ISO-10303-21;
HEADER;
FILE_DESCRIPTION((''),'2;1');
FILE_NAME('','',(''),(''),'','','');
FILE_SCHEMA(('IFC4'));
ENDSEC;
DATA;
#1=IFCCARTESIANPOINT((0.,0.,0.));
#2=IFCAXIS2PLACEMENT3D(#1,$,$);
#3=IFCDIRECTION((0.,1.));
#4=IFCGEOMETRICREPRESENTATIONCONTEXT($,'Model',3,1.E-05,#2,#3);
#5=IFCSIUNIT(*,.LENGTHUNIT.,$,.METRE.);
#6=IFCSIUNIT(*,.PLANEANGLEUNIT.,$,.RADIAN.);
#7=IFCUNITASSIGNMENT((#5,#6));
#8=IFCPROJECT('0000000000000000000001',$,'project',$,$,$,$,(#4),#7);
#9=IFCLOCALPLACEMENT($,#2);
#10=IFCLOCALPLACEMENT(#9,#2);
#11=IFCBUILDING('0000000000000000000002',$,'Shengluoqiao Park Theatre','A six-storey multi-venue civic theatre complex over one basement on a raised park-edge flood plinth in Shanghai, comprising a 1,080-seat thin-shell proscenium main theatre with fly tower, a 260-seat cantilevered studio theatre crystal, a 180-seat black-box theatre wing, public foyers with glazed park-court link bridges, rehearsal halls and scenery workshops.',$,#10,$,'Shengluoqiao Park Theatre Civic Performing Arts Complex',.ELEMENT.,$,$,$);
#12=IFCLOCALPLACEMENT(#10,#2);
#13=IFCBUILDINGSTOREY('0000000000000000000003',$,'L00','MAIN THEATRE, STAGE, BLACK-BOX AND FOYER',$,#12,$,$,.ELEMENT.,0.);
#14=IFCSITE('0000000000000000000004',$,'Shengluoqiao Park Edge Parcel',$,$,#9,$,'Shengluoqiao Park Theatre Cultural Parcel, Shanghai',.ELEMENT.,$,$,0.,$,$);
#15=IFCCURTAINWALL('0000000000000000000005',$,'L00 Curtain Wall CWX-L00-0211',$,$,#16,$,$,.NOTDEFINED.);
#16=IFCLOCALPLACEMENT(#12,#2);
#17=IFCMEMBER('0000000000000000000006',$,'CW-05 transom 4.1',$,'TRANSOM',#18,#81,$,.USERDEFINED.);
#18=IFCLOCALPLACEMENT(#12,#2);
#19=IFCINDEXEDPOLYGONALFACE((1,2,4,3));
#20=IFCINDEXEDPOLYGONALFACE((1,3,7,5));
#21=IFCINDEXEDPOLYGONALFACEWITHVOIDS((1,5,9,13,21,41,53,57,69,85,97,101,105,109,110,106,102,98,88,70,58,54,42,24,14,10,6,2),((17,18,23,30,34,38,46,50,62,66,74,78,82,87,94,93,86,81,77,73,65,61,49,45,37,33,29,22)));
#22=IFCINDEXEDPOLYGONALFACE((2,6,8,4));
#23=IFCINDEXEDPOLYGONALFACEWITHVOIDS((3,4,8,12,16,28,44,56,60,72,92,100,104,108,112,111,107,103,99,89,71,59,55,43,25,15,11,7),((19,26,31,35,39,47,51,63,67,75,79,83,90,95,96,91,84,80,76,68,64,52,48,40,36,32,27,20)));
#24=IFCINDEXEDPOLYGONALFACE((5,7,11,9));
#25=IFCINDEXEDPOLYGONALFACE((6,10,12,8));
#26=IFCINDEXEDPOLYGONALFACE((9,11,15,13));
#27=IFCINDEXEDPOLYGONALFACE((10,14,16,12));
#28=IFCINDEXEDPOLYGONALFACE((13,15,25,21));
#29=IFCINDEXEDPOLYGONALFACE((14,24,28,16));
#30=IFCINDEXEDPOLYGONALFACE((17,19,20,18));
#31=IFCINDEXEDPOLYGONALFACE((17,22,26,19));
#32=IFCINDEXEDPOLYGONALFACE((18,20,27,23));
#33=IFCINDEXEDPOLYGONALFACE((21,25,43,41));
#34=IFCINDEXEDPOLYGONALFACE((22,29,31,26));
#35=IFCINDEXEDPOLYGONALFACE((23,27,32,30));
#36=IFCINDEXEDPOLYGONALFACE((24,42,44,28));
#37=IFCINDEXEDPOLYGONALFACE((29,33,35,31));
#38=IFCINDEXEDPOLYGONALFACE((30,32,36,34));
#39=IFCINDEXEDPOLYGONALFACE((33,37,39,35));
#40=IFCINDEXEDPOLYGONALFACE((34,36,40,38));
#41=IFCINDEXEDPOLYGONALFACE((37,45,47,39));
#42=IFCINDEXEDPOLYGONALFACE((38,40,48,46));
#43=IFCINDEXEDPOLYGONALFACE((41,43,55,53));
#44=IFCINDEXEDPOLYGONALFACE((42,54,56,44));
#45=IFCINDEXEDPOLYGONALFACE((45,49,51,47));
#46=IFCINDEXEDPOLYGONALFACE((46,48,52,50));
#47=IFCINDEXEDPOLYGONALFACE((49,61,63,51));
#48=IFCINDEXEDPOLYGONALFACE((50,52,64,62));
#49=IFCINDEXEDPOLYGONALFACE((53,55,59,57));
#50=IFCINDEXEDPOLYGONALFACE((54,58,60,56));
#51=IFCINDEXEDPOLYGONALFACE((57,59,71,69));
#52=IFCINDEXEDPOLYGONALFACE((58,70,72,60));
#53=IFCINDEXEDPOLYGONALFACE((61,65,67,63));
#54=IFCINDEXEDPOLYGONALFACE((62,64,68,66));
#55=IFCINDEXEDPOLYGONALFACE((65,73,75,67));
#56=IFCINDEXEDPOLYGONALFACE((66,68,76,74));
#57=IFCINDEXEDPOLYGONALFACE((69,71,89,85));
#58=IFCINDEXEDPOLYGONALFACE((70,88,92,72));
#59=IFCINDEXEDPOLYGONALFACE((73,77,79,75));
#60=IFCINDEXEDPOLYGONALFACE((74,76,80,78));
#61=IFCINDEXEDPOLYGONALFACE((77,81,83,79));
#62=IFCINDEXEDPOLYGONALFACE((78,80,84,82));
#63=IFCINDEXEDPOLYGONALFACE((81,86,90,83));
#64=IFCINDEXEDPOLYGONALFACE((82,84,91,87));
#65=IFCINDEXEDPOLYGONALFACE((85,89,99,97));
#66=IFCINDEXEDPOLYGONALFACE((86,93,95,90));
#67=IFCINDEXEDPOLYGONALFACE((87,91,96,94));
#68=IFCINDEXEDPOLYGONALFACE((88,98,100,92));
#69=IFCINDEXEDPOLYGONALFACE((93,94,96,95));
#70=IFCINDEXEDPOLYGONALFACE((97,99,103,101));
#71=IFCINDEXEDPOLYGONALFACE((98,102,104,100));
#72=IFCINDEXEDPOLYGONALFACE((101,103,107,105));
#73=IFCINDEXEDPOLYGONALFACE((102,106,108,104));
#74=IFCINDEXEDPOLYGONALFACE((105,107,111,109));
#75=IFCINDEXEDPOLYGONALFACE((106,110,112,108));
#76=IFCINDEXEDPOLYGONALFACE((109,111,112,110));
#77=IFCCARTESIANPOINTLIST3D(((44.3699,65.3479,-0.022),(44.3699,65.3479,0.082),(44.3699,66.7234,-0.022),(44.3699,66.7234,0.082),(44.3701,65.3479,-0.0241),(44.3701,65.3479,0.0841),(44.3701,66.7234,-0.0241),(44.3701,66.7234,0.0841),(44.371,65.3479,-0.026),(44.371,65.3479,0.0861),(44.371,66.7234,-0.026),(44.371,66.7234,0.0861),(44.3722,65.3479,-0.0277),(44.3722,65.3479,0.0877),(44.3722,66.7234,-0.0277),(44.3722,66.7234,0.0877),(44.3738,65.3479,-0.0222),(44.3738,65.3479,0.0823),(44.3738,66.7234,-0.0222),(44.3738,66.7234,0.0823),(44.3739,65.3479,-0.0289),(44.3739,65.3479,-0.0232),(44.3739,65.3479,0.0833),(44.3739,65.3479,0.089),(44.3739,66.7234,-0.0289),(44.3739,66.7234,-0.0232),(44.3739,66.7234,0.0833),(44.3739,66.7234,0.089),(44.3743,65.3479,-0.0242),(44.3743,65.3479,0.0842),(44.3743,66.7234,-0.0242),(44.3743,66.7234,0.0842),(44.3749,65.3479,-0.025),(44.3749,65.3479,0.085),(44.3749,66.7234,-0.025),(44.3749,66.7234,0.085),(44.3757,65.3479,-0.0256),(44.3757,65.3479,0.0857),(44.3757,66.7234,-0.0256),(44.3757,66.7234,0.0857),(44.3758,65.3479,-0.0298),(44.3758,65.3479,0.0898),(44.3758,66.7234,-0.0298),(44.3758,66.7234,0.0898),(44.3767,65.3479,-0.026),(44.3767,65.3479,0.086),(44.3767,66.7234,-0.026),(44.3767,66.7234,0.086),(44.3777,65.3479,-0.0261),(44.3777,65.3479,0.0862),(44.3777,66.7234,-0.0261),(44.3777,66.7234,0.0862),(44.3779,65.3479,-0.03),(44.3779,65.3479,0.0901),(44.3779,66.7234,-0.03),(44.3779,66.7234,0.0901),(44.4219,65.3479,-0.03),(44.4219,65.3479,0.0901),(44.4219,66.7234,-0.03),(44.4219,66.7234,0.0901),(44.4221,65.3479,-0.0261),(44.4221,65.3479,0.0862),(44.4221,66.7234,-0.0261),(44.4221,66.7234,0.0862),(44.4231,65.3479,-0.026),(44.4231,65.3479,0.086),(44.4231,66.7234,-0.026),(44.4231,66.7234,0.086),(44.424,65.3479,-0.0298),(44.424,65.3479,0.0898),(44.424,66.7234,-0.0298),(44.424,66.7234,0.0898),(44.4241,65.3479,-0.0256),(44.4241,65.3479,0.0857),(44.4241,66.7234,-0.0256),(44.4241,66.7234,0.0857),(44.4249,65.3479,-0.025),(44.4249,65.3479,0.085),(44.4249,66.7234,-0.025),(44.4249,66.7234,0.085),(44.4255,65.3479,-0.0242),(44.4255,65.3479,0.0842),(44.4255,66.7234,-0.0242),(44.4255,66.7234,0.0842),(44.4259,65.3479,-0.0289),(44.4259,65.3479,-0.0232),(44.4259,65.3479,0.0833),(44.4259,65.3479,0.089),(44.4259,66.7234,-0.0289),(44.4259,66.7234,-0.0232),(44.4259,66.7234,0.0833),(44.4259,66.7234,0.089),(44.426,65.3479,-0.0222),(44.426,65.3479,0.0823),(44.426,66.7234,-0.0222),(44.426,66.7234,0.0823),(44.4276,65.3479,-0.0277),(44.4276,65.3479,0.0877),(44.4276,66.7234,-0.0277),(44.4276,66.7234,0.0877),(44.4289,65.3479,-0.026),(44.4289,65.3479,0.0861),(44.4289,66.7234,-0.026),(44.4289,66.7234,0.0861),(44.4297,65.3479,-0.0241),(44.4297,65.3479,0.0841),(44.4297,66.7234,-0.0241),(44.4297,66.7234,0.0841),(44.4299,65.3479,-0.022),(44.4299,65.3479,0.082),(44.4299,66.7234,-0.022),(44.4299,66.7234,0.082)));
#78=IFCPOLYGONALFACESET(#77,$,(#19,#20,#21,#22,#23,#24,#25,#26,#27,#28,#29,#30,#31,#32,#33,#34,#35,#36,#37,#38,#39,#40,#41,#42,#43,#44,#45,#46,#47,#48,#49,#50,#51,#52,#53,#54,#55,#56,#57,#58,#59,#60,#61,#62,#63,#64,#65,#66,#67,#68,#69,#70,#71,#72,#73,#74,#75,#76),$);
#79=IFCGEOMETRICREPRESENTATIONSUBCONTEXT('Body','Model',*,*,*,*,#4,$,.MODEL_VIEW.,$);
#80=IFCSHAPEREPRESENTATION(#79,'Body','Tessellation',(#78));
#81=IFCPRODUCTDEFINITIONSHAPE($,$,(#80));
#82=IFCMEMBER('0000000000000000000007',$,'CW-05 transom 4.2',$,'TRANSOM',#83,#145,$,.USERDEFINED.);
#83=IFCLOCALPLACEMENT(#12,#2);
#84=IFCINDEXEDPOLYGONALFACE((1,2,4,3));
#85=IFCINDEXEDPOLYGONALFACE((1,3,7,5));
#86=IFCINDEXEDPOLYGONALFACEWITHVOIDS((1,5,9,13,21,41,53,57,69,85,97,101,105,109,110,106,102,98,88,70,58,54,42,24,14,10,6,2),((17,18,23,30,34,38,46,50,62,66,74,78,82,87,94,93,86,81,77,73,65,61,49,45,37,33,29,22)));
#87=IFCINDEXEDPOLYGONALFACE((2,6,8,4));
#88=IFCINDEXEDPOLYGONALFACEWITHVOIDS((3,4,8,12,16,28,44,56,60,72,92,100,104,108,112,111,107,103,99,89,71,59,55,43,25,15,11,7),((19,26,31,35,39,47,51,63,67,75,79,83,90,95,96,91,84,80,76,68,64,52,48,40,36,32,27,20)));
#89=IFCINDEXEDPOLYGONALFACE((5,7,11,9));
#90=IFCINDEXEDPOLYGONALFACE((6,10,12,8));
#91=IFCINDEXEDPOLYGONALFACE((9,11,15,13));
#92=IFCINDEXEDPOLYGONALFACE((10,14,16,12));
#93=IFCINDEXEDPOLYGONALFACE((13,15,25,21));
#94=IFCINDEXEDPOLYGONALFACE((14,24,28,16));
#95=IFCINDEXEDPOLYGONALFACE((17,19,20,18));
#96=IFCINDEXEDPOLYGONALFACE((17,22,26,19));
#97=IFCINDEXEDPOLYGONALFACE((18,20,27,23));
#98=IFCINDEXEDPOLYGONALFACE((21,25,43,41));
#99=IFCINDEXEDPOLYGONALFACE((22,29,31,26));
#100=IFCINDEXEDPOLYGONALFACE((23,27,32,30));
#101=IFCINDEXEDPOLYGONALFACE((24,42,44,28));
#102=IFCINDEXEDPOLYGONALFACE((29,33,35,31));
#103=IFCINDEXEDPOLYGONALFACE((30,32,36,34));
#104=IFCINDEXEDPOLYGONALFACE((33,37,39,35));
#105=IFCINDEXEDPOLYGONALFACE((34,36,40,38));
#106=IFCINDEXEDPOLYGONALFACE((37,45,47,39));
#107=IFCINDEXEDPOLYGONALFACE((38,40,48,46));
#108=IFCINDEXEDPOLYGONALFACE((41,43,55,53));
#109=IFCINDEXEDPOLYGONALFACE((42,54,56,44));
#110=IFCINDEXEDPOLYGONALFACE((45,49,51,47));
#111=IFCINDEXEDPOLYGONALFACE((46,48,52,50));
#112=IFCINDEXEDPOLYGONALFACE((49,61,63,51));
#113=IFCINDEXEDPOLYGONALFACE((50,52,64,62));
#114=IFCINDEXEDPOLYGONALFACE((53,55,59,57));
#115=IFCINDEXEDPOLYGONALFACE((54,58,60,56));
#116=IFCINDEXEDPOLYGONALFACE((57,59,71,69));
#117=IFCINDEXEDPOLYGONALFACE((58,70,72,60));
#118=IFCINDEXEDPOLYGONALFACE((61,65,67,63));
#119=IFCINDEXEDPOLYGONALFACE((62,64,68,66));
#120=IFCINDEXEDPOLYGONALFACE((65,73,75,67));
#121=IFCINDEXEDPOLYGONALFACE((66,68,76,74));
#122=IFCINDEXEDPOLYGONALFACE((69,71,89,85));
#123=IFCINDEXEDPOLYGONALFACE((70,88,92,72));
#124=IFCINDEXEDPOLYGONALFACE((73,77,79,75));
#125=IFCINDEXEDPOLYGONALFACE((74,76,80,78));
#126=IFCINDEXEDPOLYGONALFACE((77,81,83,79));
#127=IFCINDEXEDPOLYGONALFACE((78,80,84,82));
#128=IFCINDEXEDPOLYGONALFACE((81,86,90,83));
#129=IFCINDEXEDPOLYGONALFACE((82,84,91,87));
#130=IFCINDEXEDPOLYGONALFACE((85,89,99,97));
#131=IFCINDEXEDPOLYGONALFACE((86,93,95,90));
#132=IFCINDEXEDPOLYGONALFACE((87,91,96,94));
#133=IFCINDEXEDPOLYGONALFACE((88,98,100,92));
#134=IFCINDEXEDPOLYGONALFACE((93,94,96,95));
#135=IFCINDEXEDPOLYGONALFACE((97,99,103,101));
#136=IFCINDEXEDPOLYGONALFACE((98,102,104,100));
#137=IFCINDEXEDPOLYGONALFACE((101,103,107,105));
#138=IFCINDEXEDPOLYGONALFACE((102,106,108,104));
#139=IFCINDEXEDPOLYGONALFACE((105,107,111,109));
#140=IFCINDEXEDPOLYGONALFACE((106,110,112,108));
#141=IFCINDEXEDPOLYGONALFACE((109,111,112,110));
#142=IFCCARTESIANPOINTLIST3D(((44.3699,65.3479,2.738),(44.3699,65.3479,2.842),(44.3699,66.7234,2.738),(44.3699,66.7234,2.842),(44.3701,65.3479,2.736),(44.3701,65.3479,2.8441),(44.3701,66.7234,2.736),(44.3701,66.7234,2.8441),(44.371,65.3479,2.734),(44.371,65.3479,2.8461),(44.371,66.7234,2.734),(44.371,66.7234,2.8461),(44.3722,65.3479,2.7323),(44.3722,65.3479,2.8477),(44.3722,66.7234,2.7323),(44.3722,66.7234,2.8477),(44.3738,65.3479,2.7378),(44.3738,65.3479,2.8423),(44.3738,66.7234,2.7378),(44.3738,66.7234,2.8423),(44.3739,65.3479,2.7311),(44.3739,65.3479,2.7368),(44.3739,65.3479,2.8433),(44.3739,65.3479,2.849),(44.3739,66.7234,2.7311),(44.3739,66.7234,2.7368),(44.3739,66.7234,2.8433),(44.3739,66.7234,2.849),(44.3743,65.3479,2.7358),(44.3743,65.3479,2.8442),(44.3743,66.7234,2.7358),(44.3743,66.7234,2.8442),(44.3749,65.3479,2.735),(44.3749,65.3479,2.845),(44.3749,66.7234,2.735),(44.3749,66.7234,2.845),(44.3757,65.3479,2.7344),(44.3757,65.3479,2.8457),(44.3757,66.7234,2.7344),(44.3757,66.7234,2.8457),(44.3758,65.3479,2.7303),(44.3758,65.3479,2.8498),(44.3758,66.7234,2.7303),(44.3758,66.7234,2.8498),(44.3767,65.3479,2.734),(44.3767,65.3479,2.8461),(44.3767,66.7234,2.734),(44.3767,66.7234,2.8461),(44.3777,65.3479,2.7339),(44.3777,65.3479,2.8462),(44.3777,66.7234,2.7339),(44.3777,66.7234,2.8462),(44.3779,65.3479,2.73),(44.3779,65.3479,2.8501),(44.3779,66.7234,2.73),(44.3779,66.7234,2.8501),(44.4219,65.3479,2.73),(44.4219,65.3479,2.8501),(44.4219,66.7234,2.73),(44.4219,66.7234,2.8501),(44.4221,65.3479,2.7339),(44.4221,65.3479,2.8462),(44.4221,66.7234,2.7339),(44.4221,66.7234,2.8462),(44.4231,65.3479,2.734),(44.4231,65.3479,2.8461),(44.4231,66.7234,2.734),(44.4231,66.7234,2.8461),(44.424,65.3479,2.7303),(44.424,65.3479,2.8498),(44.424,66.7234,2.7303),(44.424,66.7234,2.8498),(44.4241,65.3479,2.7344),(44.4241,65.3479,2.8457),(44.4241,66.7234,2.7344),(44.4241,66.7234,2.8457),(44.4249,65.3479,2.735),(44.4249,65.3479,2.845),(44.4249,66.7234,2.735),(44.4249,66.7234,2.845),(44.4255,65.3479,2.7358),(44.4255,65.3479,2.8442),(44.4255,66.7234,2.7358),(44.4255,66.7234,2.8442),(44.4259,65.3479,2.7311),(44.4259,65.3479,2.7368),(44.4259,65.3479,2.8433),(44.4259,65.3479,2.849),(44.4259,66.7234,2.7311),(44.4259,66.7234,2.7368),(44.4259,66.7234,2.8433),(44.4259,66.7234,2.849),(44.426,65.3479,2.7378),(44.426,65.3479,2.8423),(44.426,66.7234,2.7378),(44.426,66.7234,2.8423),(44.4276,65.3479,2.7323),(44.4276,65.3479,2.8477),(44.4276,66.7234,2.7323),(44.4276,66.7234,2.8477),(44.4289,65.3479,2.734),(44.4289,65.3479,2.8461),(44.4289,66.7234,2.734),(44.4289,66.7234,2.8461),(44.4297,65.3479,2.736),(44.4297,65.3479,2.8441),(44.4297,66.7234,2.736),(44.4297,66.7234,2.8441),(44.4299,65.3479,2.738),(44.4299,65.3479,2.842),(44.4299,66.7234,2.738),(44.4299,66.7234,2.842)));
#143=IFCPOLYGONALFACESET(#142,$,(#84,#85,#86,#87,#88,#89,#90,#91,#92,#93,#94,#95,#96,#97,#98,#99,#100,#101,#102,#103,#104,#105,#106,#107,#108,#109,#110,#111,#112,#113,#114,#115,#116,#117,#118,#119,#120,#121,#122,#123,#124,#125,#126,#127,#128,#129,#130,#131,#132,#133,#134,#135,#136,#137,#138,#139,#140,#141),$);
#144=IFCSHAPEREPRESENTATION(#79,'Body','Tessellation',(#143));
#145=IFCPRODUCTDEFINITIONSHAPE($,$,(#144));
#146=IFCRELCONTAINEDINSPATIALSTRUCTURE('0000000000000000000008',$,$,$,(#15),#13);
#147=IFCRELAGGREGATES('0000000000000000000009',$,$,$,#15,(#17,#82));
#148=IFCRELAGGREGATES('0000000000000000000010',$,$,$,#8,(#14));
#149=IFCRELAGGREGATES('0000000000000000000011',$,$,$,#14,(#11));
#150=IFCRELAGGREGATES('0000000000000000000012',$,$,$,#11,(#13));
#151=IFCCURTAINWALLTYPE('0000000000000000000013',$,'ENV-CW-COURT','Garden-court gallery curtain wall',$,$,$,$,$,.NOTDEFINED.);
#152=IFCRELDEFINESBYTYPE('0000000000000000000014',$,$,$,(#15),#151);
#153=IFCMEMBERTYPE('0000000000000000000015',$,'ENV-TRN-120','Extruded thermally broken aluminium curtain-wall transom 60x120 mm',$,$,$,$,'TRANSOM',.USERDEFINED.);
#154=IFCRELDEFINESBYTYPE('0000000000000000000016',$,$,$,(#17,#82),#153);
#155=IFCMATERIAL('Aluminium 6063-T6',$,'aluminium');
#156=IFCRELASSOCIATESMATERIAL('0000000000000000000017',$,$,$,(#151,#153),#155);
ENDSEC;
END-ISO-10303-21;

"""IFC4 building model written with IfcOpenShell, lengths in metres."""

from ifc_helpers import new_model, si_unit, direction, frame, origin, origin_2d, place, context, subcontext, project, spatial, hollow_rectangle, extrude, material, material_profile, profile_set, type_object, element, aggregate, save


model = new_model("IFC4")

# Units and contexts
model_context = context("Model", 3, precision=1e-05, world=origin(), true_north=direction((0.0, 1.0)))
body_context = subcontext(model_context, "Body", "Model", "MODEL_VIEW")
ifc_project = project(units=[si_unit("LENGTHUNIT", "METRE"), si_unit("PLANEANGLEUNIT", "RADIAN")], contexts=[model_context])

# Site, building, storey
site_placement = place(None, origin())
site = spatial("IfcSite", under=ifc_project, at=site_placement, Name="Shengluoqiao Park Edge Parcel", LongName="Shengluoqiao Park Theatre Cultural Parcel, Shanghai", CompositionType="ELEMENT", RefElevation=0.0)
building_placement = place(site_placement, origin())
building = spatial("IfcBuilding", under=site, at=building_placement, Name="Shengluoqiao Park Theatre", Description="A six-storey multi-venue civic theatre complex over one basement on a raised park-edge flood plinth in Shanghai, comprising a 1,080-seat thin-shell proscenium main theatre with fly tower, a 260-seat cantilevered studio theatre crystal, a 180-seat black-box theatre wing, public foyers with glazed park-court link bridges, rehearsal halls and scenery workshops.", LongName="Shengluoqiao Park Theatre Civic Performing Arts Complex", CompositionType="ELEMENT")
storey_placement = place(building_placement, origin())
storey = spatial("IfcBuildingStorey", under=building, at=storey_placement, Name="L00", Description="MAIN THEATRE, STAGE, BLACK-BOX AND FOYER", CompositionType="ELEMENT", Elevation=0.0)

# Curtain wall, members
ifc_material_1 = material(Name="Aluminium 6063-T6", Category="aluminium")
curtain_wall_type = type_object("IfcCurtainWallType", Name="ENV-CW-COURT", Description="Garden-court gallery curtain wall", PredefinedType="NOTDEFINED", material=ifc_material_1)
curtain_wall_placement = place(storey_placement, origin())
curtain_wall = element("IfcCurtainWall", 1, at=curtain_wall_placement, inside=storey, type_object=curtain_wall_type, Name="L00 Curtain Wall CWX-L00-0211", PredefinedType="NOTDEFINED")
ifc_material_profile_1 = material_profile(ifc_material_1, hollow_rectangle(XDim=0.0601, YDim=0.1201, WallThickness=0.0039, InnerFilletRadius=0.0039, OuterFilletRadius=0.0081, at=origin_2d()), Name="ALU TRANSOM 120x60x4")
ifc_profile_set_1 = profile_set([ifc_material_profile_1], Name="Aluminium 6063-T6")
member_type_1 = type_object("IfcMemberType", Name="ENV-TRN-120", Description="Extruded thermally broken aluminium curtain-wall transom 60x120 mm", ElementType="TRANSOM", PredefinedType="USERDEFINED", material=ifc_profile_set_1)
member_1_placement = place(storey_placement, frame((44.3999, 65.3479, 0.03), z_axis=(0.0, 1.0, 0.0), x_axis=(-1.0, 0.0, 0.0)))
member_1 = element("IfcMember", 2, at=member_1_placement, type_object=member_type_1, Name="CW-05 transom 4.1", ObjectType="TRANSOM", PredefinedType="USERDEFINED", context=body_context, shape_type="SweptSolid", body=[
    extrude(hollow_rectangle(XDim=0.0601, YDim=0.1201, WallThickness=0.0039, InnerFilletRadius=0.0039, OuterFilletRadius=0.0081, at=origin_2d()), origin(), (0.0, 0.0, 1.0), 1.3755),
])
member_2_placement = place(storey_placement, frame((44.3999, 65.3479, 2.79), z_axis=(0.0, 1.0, 0.0), x_axis=(-1.0, 0.0, 0.0)))
member_2 = element("IfcMember", 3, at=member_2_placement, type_object=member_type_1, Name="CW-05 transom 4.2", ObjectType="TRANSOM", PredefinedType="USERDEFINED", context=body_context, shape_type="SweptSolid", body=[
    extrude(hollow_rectangle(XDim=0.0601, YDim=0.1201, WallThickness=0.0039, InnerFilletRadius=0.0039, OuterFilletRadius=0.0081, at=origin_2d()), origin(), (0.0, 0.0, 1.0), 1.3755),
])
aggregate(curtain_wall, [member_1, member_2])

save(model, "model.ifc")
